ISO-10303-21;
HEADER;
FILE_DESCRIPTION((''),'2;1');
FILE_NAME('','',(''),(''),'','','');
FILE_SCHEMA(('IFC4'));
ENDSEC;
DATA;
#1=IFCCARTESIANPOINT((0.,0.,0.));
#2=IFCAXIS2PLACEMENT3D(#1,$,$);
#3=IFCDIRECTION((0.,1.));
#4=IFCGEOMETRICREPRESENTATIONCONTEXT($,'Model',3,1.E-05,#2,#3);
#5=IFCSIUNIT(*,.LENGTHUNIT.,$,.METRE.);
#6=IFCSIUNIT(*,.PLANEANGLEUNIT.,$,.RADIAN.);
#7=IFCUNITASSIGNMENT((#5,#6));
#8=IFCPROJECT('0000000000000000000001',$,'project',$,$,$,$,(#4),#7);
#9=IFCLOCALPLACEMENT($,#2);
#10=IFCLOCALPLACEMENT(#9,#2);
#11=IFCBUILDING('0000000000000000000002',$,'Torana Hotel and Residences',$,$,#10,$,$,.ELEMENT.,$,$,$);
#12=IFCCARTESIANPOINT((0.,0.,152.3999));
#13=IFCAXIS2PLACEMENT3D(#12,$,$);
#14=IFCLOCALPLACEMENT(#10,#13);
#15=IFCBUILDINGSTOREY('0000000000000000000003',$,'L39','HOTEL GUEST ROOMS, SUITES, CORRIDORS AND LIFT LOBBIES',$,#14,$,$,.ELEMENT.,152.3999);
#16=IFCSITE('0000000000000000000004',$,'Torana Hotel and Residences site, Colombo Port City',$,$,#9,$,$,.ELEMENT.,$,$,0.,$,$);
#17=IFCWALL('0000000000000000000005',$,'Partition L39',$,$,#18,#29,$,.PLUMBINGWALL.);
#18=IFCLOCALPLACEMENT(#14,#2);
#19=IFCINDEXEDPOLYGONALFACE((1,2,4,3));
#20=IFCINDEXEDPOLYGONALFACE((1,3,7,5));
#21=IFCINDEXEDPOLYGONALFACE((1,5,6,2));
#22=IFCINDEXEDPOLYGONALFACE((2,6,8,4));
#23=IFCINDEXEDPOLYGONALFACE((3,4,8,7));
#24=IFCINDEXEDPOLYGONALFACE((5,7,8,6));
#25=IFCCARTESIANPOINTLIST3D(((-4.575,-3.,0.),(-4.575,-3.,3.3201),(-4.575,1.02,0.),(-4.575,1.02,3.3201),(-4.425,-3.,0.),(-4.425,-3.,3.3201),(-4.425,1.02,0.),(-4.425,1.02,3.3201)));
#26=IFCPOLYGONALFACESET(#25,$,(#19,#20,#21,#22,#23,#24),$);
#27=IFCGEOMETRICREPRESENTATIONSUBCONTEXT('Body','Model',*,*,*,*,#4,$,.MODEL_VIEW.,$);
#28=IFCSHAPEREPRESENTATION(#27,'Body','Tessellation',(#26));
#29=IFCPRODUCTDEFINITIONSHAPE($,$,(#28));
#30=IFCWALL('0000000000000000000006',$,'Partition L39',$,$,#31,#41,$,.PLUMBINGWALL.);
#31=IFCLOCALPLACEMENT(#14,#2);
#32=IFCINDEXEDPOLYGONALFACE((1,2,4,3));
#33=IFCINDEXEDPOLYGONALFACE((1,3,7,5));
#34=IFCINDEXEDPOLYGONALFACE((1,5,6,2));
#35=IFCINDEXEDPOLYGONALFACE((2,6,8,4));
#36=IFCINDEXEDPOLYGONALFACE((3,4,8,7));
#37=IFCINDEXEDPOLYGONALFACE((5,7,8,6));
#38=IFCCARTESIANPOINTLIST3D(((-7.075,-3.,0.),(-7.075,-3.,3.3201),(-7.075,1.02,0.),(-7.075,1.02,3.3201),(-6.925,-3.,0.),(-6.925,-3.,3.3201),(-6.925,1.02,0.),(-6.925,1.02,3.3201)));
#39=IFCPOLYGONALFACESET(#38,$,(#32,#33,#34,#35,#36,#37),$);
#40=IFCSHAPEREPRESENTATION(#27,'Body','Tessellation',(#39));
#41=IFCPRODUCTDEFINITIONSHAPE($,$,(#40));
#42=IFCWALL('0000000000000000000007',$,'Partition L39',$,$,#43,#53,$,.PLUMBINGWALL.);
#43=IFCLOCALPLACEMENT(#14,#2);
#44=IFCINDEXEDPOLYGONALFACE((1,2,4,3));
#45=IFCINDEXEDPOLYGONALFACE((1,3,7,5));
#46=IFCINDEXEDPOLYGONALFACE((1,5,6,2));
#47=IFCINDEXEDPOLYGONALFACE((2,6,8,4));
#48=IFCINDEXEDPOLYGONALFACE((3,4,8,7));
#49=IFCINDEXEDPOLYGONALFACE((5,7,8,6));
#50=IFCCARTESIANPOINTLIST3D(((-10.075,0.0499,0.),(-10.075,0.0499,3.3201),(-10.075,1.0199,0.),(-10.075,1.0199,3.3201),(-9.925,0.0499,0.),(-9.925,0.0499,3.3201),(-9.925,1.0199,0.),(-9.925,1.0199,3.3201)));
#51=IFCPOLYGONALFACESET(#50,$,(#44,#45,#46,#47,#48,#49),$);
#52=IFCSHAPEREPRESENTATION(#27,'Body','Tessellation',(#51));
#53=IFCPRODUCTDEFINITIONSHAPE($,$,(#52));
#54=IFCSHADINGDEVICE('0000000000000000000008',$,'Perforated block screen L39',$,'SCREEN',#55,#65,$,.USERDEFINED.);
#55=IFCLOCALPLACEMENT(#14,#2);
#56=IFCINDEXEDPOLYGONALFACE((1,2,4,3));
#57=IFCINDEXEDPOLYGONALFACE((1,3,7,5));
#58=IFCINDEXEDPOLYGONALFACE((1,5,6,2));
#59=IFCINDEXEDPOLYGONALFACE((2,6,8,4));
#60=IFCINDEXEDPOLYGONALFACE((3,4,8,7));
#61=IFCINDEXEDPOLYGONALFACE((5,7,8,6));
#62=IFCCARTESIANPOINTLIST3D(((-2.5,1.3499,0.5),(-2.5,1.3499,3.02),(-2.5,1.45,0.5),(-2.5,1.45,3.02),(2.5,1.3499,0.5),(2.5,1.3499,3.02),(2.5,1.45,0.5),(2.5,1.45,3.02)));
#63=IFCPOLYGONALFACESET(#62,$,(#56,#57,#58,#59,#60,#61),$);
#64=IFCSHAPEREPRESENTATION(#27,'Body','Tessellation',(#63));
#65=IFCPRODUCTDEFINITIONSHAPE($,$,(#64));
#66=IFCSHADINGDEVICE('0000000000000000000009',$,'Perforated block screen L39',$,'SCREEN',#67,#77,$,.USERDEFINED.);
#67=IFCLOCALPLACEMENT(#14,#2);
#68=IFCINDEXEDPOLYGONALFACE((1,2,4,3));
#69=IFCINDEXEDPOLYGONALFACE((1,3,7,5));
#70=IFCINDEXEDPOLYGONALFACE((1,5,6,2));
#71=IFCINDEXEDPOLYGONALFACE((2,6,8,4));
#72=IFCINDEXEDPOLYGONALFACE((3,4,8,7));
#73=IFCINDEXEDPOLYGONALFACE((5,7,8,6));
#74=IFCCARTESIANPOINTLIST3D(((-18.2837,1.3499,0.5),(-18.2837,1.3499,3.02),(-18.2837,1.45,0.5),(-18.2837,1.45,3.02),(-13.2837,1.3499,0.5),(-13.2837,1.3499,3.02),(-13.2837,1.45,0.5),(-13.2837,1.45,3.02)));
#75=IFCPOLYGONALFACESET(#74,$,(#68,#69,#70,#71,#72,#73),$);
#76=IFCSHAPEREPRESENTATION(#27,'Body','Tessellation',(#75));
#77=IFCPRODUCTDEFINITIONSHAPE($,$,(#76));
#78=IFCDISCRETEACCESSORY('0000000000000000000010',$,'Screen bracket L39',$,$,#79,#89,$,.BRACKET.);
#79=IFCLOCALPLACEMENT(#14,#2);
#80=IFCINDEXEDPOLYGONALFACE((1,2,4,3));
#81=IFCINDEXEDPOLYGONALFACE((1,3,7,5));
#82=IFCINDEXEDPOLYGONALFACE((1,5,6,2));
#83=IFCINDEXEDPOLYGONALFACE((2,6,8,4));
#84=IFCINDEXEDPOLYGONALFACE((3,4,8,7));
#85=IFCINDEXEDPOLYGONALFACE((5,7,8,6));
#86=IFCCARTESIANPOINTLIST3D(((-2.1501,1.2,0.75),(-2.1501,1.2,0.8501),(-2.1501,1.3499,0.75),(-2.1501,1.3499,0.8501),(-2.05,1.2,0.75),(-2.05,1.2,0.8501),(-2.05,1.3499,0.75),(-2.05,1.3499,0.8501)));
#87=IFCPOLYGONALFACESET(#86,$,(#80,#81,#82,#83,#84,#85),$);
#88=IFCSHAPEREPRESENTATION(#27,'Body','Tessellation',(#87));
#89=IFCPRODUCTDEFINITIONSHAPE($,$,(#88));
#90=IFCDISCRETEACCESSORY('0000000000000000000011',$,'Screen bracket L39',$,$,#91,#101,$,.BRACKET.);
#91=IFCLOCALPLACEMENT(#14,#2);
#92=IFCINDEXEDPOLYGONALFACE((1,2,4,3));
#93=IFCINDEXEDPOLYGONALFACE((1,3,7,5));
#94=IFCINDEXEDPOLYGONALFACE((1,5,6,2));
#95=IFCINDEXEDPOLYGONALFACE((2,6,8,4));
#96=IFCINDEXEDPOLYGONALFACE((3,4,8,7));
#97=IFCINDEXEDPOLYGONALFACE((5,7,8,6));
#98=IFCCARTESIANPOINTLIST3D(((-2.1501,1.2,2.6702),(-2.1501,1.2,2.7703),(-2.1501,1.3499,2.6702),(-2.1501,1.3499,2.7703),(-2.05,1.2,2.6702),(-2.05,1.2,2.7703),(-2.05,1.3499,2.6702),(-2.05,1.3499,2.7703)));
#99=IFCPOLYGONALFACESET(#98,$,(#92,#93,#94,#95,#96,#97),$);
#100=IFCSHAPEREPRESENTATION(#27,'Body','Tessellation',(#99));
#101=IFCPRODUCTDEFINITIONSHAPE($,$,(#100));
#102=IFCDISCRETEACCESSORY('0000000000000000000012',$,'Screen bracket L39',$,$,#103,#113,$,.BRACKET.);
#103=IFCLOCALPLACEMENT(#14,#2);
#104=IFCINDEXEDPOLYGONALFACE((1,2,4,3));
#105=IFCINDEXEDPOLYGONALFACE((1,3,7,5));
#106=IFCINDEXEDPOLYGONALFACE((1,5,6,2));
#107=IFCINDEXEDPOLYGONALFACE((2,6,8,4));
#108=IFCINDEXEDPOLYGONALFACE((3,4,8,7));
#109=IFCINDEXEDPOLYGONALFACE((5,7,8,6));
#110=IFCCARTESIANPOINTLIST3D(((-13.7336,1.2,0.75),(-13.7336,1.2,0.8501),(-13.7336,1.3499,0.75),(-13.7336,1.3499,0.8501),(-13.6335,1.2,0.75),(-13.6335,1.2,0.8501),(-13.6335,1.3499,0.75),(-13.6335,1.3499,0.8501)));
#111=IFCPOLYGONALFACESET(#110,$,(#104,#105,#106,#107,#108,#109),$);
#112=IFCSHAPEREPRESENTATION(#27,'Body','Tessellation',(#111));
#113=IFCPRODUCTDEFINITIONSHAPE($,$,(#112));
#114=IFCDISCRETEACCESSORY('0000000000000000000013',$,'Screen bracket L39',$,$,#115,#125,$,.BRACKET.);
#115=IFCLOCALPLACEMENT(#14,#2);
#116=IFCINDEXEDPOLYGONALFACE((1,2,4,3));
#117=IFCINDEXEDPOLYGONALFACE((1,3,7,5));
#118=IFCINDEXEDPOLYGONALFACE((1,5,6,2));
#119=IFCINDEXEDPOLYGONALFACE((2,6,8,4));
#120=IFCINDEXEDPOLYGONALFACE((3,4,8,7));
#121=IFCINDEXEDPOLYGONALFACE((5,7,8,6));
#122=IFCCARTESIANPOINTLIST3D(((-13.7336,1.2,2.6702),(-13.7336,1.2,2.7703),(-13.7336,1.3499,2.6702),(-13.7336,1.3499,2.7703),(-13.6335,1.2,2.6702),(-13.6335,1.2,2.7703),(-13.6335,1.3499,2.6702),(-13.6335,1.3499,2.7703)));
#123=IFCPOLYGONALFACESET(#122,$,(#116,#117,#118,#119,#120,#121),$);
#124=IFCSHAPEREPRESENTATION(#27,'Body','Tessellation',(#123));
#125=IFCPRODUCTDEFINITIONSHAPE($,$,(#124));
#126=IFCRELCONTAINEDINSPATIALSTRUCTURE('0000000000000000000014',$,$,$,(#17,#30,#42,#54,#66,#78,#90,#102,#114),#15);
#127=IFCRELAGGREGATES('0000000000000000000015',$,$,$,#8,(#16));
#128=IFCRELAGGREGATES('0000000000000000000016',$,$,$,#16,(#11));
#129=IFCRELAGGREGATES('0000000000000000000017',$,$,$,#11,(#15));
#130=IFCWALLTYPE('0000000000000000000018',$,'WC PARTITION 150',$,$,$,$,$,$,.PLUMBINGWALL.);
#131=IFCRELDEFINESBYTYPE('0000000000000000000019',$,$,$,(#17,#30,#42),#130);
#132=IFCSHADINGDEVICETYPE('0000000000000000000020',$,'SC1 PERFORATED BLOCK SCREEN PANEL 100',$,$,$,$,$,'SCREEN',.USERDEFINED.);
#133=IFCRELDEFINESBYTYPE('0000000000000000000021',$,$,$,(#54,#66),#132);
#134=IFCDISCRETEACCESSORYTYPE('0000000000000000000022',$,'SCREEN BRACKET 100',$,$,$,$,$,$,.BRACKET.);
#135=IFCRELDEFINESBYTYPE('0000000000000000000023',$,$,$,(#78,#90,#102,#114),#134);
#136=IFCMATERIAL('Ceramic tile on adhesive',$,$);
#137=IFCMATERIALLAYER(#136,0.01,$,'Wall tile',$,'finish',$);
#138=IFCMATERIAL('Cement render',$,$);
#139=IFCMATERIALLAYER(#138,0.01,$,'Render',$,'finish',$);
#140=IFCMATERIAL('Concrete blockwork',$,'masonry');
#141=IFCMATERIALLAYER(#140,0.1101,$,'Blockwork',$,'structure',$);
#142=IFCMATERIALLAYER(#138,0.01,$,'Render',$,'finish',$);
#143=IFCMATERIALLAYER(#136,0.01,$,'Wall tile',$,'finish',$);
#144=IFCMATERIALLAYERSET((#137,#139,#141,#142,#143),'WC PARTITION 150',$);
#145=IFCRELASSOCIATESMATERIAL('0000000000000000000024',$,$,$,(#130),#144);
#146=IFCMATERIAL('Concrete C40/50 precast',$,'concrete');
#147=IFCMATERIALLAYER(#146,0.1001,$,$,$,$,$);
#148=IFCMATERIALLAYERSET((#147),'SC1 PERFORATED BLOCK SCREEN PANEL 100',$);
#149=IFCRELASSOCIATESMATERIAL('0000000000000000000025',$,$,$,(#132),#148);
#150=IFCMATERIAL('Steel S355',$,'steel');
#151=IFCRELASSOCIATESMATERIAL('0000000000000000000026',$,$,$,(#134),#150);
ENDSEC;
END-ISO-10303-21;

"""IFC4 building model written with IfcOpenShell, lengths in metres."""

from ifc_helpers import new_model, si_unit, direction, frame, frame_2d, origin, origin_2d, place, context, subcontext, project, spatial, rectangle, extrude, material, layer, layer_set, type_object, element, save


model = new_model("IFC4")

# Units and contexts
model_context = context("Model", 3, precision=1e-05, world=origin(), true_north=direction((0.0, 1.0)))
body_context = subcontext(model_context, "Body", "Model", "MODEL_VIEW")
ifc_project = project(units=[si_unit("LENGTHUNIT", "METRE"), si_unit("PLANEANGLEUNIT", "RADIAN")], contexts=[model_context])

# Site, building, storey
site_placement = place(None, origin())
site = spatial("IfcSite", under=ifc_project, at=site_placement, Name="Torana Hotel and Residences site, Colombo Port City", CompositionType="ELEMENT", RefElevation=0.0)
building_placement = place(site_placement, origin())
building = spatial("IfcBuilding", under=site, at=building_placement, Name="Torana Hotel and Residences", CompositionType="ELEMENT")
storey_placement = place(building_placement, frame((0.0, 0.0, 152.3999)))
storey = spatial("IfcBuildingStorey", under=building, at=storey_placement, Name="L39", Description="HOTEL GUEST ROOMS, SUITES, CORRIDORS AND LIFT LOBBIES", CompositionType="ELEMENT", Elevation=152.3999)

# Walls
ifc_material_1 = material(Name="Concrete blockwork", Category="masonry")
ifc_material_2 = material(Name="Ceramic tile on adhesive")
ifc_layer_1 = layer(ifc_material_2, 0.01, Name="Wall tile", Category="finish")
ifc_material_3 = material(Name="Cement render")
ifc_layer_2 = layer(ifc_material_3, 0.01, Name="Render", Category="finish")
ifc_layer_3 = layer(ifc_material_1, 0.1101, Name="Blockwork", Category="structure")
ifc_layer_4 = layer(ifc_material_3, 0.01, Name="Render", Category="finish")
ifc_layer_5 = layer(ifc_material_2, 0.01, Name="Wall tile", Category="finish")
ifc_layer_set_1 = layer_set([ifc_layer_1, ifc_layer_2, ifc_layer_3, ifc_layer_4, ifc_layer_5], Name="WC PARTITION 150")
wall_type_1 = type_object("IfcWallType", Name="WC PARTITION 150", PredefinedType="PLUMBINGWALL", material=ifc_layer_set_1)
for number, where, z_axis, x_axis, name in (
    (1, (-4.5, -3.0, 0.0), (0.0, 0.0, 1.0), (0.0, 1.0, 0.0), "Partition L39"),
    (2, (-7.0, -3.0, 0.0), (0.0, 0.0, 1.0), (0.0, 1.0, 0.0), "Partition L39"),
):
    element("IfcWall", number, at=place(storey_placement, frame(where, z_axis=z_axis, x_axis=x_axis)), inside=storey, type_object=wall_type_1, Name=name, PredefinedType="PLUMBINGWALL", context=body_context, shape_type="SweptSolid", body=[
        extrude(rectangle(XDim=4.02, YDim=0.1499, at=frame_2d((2.01, 0.0))), origin(), (0.0, 0.0, 1.0), 3.3201),
    ])
wall_1_placement = place(storey_placement, frame((-10.0, 0.05, 0.0), z_axis=(0.0, 0.0, 1.0), x_axis=(0.0, 1.0, 0.0)))
element("IfcWall", 3, at=wall_1_placement, inside=storey, type_object=wall_type_1, Name="Partition L39", PredefinedType="PLUMBINGWALL", context=body_context, shape_type="SweptSolid", body=[
    extrude(rectangle(XDim=0.97, YDim=0.1499, at=frame_2d((0.4849, 0.0))), origin(), (0.0, 0.0, 1.0), 3.3201),
])

# Shading devices
ifc_material_4 = material(Name="Concrete C40/50 precast", Category="concrete")
ifc_layer_6 = layer(ifc_material_4, 0.1001)
ifc_layer_set_2 = layer_set([ifc_layer_6], Name="SC1 PERFORATED BLOCK SCREEN PANEL 100")
shading_device_type = type_object("IfcShadingDeviceType", Name="SC1 PERFORATED BLOCK SCREEN PANEL 100", ElementType="SCREEN", PredefinedType="USERDEFINED", material=ifc_layer_set_2)
for number, where, z_axis, x_axis, name in (
    (4, (0.0, 1.3999, 0.5), (0.0, 0.0, 1.0), (-1.0, 0.0, 0.0), "Perforated block screen L39"),
    (5, (-15.7837, 1.3999, 0.5), (0.0, 0.0, 1.0), (-1.0, 0.0, 0.0), "Perforated block screen L39"),
):
    element("IfcShadingDevice", number, at=place(storey_placement, frame(where, z_axis=z_axis, x_axis=x_axis)), inside=storey, type_object=shading_device_type, Name=name, ObjectType="SCREEN", PredefinedType="USERDEFINED", context=body_context, shape_type="SweptSolid", body=[
        extrude(rectangle(XDim=5.0, YDim=0.1001, at=origin_2d()), origin(), (0.0, 0.0, 1.0), 2.52),
    ])

# Discrete accessories
ifc_material_5 = material(Name="Steel S355", Category="steel")
discrete_accessory_type = type_object("IfcDiscreteAccessoryType", Name="SCREEN BRACKET 100", PredefinedType="BRACKET", material=ifc_material_5)
for number, where, z_axis, x_axis, name in (
    (6, (-2.1001, 1.2749, 0.75), (0.0, 0.0, 1.0), (-1.0, 0.0, 0.0), "Screen bracket L39"),
    (7, (-2.1001, 1.2749, 2.6702), (0.0, 0.0, 1.0), (-1.0, 0.0, 0.0), "Screen bracket L39"),
    (8, (-13.6836, 1.2749, 0.75), (0.0, 0.0, 1.0), (-1.0, 0.0, 0.0), "Screen bracket L39"),
    (9, (-13.6836, 1.2749, 2.6702), (0.0, 0.0, 1.0), (-1.0, 0.0, 0.0), "Screen bracket L39"),
):
    element("IfcDiscreteAccessory", number, at=place(storey_placement, frame(where, z_axis=z_axis, x_axis=x_axis)), inside=storey, type_object=discrete_accessory_type, Name=name, PredefinedType="BRACKET", context=body_context, shape_type="SweptSolid", body=[
        extrude(rectangle(XDim=0.1001, YDim=0.1499, at=origin_2d()), origin(), (0.0, 0.0, 1.0), 0.1001),
    ])

save(model, "model.ifc")
